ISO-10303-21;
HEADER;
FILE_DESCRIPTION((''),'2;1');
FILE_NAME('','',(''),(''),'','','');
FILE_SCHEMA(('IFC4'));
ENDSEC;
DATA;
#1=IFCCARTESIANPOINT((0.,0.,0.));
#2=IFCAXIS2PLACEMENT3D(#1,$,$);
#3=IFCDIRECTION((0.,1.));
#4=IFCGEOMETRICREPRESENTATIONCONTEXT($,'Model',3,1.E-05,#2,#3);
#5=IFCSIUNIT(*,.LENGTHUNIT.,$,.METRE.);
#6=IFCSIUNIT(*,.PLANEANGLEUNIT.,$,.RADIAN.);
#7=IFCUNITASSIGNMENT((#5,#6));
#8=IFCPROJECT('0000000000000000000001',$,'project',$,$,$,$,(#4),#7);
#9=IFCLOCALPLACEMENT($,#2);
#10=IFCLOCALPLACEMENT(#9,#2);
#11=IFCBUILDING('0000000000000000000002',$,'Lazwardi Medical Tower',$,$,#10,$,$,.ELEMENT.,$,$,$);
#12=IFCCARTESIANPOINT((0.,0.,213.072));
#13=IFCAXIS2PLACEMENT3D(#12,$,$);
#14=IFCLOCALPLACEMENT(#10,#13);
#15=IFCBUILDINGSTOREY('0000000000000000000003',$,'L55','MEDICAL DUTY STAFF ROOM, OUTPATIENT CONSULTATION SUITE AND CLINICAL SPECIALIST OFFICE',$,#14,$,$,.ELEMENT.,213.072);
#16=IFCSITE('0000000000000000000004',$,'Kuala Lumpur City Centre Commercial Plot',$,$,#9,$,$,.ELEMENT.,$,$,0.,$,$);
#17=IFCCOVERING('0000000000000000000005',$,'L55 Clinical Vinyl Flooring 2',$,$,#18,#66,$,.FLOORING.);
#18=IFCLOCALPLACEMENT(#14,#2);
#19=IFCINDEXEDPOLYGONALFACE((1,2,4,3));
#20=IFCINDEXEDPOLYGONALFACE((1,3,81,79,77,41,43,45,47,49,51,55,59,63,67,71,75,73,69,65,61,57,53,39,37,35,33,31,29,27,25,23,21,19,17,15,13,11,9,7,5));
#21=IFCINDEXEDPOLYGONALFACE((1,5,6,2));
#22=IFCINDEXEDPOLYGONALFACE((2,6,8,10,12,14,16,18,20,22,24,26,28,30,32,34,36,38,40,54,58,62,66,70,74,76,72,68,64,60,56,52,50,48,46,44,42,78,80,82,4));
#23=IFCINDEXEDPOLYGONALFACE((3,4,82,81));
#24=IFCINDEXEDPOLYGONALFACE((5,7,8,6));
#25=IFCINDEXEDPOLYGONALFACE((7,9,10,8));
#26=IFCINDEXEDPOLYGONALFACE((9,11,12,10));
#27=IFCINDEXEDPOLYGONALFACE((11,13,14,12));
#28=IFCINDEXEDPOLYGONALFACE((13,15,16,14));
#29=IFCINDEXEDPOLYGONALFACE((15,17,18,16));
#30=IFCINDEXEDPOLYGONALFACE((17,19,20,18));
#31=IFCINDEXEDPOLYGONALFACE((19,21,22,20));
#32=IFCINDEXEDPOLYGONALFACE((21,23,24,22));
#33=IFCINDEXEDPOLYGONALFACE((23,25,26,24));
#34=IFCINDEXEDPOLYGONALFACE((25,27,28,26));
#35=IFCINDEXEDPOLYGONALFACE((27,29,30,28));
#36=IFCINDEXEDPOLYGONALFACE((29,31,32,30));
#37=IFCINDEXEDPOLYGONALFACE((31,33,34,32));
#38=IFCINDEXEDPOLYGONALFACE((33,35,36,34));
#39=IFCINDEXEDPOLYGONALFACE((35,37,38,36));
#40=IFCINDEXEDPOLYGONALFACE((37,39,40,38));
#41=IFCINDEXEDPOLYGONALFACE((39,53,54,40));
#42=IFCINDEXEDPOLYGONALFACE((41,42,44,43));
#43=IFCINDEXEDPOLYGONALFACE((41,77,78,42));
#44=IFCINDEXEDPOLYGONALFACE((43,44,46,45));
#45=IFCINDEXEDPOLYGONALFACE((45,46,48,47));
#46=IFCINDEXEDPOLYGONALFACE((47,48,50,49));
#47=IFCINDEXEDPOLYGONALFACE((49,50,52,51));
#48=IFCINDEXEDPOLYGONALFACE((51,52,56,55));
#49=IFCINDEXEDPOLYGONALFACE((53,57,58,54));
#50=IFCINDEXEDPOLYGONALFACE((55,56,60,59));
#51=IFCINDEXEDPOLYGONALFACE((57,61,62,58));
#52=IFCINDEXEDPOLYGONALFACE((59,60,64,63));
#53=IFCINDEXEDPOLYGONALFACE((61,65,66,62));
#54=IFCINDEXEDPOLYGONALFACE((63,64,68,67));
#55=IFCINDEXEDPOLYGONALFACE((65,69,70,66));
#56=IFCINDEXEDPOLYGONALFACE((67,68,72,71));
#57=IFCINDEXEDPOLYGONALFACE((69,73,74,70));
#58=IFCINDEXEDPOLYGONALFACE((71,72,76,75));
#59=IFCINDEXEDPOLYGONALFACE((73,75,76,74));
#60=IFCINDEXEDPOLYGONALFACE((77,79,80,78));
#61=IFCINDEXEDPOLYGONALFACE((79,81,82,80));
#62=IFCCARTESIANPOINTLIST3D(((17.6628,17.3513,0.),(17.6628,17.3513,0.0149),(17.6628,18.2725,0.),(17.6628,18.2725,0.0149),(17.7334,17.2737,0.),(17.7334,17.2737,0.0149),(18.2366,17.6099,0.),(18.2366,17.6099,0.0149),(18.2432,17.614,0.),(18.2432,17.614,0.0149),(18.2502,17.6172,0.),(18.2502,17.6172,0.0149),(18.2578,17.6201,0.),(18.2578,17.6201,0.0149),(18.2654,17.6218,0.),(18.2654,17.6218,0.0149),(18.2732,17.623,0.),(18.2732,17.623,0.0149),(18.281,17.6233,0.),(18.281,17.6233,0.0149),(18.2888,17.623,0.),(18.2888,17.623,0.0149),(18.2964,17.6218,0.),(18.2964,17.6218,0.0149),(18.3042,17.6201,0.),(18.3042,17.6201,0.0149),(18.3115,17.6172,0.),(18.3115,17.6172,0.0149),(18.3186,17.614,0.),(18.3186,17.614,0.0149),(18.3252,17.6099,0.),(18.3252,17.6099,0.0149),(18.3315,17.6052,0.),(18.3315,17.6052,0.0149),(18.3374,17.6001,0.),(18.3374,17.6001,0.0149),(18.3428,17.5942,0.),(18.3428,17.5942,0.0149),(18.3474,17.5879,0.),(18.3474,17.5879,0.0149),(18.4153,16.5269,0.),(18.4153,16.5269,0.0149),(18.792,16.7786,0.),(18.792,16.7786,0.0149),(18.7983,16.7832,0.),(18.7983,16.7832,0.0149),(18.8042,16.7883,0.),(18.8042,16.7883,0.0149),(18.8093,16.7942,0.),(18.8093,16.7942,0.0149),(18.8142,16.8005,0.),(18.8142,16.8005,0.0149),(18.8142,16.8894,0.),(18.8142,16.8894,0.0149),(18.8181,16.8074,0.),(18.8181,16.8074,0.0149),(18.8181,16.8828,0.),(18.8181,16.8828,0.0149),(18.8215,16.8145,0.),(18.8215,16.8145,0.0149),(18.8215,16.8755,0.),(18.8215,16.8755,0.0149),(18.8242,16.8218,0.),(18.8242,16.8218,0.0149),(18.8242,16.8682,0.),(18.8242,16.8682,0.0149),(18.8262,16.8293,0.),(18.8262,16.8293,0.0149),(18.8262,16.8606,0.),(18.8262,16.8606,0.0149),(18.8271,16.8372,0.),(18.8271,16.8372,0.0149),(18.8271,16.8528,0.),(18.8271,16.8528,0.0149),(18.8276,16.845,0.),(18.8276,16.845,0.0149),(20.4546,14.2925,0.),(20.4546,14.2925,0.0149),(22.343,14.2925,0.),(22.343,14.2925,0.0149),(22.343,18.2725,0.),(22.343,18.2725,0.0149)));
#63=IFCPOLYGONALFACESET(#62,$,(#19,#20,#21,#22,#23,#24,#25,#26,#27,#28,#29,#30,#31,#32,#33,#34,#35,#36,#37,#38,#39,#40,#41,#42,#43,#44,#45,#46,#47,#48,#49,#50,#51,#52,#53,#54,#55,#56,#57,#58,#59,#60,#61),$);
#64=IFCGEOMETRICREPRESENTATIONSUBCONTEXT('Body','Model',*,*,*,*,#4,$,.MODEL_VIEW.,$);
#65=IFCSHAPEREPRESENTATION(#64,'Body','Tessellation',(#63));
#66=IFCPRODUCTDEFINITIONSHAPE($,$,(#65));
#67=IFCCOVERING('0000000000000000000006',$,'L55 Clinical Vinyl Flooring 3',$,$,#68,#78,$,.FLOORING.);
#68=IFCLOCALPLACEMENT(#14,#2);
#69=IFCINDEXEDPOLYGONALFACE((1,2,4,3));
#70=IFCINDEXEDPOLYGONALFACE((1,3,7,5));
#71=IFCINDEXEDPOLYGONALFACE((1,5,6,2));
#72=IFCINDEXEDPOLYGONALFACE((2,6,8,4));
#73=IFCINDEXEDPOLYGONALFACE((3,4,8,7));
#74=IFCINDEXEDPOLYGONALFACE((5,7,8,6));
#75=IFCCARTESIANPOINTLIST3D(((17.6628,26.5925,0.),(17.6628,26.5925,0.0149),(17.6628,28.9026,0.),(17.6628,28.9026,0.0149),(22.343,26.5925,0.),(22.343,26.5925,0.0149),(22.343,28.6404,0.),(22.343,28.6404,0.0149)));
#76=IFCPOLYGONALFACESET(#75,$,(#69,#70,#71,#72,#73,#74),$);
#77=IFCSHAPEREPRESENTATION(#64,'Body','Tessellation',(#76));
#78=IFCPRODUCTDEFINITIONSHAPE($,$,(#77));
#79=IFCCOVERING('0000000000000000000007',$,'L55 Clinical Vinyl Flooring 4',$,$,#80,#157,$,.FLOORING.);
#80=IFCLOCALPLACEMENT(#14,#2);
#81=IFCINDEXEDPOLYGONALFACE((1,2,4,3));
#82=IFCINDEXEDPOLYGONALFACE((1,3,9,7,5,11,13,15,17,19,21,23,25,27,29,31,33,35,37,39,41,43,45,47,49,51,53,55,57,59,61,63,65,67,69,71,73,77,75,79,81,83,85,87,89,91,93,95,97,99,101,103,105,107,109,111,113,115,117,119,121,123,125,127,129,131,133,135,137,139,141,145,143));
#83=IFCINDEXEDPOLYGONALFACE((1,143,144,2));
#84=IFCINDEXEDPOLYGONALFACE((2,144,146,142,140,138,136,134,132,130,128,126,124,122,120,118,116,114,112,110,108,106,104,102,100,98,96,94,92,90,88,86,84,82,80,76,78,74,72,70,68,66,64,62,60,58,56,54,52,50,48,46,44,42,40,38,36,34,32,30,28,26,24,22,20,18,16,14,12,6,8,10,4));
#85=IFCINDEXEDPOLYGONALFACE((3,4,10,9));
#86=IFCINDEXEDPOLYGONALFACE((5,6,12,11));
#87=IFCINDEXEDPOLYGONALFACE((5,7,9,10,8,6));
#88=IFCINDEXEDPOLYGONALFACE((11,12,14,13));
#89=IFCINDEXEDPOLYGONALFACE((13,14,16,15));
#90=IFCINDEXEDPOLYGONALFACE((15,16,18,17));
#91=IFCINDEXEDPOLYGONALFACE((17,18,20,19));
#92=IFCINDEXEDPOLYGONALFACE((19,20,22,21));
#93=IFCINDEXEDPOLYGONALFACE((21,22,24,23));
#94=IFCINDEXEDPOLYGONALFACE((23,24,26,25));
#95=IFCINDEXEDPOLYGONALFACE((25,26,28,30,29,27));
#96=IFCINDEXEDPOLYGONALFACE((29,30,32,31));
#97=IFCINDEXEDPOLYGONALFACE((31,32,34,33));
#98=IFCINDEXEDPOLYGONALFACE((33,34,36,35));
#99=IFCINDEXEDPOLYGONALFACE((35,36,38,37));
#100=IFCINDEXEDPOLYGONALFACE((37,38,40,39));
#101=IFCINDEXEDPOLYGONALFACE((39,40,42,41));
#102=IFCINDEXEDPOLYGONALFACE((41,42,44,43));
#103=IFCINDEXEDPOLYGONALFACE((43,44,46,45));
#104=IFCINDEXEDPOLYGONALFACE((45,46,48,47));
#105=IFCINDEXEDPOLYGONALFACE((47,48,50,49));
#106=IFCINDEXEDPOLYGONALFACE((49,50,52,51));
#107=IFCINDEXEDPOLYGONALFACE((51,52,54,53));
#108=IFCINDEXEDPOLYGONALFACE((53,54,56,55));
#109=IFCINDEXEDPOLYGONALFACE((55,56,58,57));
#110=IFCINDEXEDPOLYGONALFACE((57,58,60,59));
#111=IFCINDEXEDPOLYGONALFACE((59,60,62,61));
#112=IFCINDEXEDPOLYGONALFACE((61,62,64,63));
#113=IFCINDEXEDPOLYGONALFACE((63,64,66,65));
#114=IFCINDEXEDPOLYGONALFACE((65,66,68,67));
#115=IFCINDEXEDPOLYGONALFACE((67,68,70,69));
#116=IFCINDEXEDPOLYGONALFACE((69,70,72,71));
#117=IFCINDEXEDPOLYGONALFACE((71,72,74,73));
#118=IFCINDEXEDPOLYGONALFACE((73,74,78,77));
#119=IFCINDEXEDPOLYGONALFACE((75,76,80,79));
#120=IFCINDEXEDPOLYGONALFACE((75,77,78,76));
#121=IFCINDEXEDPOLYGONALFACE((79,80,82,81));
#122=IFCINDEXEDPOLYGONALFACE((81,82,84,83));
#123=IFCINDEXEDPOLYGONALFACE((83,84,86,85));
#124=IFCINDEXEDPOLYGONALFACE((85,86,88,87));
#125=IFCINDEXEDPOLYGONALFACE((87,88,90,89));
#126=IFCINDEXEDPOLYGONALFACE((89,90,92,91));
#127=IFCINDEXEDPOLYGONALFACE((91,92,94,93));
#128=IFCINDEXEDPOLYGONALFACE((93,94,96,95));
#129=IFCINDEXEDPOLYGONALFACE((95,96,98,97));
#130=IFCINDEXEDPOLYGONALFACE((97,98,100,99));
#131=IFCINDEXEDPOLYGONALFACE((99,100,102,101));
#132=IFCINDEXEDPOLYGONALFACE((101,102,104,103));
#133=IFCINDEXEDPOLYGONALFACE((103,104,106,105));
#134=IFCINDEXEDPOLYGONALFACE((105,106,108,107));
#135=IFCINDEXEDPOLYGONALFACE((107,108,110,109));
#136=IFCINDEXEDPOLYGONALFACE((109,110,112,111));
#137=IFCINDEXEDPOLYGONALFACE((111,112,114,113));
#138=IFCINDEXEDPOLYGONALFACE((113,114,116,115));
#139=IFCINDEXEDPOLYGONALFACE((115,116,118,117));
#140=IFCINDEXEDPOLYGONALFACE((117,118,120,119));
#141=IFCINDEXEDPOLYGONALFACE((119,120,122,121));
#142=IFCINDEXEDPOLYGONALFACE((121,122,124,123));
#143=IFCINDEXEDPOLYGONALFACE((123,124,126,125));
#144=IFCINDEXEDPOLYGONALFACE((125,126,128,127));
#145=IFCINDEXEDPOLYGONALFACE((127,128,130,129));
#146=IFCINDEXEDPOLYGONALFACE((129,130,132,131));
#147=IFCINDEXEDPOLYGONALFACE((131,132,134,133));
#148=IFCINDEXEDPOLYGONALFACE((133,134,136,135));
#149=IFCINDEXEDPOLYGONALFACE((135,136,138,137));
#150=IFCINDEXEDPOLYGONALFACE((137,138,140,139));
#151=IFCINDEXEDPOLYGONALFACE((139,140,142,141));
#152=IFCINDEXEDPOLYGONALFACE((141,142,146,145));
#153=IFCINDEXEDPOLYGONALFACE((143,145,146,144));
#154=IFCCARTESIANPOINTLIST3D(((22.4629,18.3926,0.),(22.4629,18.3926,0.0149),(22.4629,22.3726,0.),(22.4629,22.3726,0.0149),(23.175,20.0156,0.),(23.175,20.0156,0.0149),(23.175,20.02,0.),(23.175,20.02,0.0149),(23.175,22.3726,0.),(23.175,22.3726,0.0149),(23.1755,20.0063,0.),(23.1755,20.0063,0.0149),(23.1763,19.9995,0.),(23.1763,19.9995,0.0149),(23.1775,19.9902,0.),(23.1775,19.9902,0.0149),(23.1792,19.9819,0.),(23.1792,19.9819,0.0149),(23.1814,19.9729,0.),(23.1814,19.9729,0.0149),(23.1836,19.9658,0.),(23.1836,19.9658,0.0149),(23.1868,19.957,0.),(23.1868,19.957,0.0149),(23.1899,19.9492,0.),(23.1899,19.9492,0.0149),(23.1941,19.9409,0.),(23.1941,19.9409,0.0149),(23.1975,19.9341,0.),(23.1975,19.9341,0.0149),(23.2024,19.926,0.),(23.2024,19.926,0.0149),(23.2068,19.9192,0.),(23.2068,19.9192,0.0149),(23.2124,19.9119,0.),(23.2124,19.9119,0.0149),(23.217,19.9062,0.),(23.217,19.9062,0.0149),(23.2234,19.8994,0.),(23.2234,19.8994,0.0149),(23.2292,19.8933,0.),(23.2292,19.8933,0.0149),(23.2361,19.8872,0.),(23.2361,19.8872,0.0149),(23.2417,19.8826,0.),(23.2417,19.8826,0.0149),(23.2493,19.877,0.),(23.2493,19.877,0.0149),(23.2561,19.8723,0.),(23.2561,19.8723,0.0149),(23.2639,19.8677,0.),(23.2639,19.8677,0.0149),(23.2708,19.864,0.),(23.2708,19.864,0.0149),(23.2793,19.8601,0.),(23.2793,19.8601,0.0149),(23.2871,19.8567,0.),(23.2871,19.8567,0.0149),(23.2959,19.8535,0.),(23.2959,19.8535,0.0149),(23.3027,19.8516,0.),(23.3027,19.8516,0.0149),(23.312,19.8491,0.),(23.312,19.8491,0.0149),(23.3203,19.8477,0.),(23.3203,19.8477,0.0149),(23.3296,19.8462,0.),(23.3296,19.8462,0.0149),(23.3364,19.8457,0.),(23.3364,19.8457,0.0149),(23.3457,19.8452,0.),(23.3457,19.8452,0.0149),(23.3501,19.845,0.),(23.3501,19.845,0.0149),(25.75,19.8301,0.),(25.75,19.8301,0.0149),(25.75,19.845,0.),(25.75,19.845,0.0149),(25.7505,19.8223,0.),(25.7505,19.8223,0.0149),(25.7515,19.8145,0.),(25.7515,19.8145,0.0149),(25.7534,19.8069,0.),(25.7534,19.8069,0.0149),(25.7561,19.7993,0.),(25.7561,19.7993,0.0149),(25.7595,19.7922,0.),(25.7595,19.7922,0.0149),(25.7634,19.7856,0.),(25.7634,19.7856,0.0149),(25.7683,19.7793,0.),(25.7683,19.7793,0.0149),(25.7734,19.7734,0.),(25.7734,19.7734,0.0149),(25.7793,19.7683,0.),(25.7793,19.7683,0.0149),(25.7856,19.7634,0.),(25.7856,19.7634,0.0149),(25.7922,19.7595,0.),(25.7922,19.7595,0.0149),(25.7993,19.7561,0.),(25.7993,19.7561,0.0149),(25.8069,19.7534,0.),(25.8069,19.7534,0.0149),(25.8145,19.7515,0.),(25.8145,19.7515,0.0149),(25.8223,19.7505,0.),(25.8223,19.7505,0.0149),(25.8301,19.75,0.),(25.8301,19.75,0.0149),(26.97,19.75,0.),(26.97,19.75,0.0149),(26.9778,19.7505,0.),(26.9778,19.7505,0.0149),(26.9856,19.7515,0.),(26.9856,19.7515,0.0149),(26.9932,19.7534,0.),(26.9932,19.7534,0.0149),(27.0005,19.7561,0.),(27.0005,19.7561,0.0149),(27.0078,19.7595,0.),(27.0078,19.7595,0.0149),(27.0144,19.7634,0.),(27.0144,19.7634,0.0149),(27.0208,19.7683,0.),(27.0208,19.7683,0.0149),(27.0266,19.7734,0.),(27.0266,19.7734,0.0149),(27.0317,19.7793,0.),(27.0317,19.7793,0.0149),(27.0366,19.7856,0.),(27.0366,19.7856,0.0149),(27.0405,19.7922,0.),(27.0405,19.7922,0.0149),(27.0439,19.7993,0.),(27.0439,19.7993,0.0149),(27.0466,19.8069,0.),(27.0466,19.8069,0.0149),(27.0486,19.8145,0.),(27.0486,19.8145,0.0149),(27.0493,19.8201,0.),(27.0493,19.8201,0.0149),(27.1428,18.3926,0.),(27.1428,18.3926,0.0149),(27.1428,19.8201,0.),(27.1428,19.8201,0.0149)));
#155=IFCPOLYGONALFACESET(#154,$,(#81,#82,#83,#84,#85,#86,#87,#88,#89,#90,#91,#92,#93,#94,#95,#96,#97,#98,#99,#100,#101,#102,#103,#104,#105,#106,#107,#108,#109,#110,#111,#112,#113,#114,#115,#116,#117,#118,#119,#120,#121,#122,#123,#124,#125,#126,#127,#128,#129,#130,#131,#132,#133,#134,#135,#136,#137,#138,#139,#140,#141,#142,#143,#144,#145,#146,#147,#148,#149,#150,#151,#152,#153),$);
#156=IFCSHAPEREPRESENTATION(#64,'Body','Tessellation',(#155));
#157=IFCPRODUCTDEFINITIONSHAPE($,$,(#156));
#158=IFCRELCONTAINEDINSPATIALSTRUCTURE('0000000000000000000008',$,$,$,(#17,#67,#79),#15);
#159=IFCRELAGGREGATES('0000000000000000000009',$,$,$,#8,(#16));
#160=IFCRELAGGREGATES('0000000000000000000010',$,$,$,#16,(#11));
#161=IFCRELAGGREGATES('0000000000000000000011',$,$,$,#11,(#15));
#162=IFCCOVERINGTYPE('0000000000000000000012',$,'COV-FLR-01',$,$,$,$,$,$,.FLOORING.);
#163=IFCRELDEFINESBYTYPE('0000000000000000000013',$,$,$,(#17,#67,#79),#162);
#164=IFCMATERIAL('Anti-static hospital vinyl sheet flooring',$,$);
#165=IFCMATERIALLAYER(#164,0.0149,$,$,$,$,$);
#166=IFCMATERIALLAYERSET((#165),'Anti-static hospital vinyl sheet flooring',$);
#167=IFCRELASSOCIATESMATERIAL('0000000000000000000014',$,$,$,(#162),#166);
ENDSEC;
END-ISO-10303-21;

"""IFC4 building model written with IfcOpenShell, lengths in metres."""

from ifc_helpers import new_model, si_unit, direction, frame, origin, place, context, subcontext, project, spatial, polyline, outline, extrude, material, layer, layer_set, type_object, element, save


model = new_model("IFC4")

# Units and contexts
model_context = context("Model", 3, precision=1e-05, world=origin(), true_north=direction((0.0, 1.0)))
body_context = subcontext(model_context, "Body", "Model", "MODEL_VIEW")
ifc_project = project(units=[si_unit("LENGTHUNIT", "METRE"), si_unit("PLANEANGLEUNIT", "RADIAN")], contexts=[model_context])

# Site, building, storey
site_placement = place(None, origin())
site = spatial("IfcSite", under=ifc_project, at=site_placement, Name="Kuala Lumpur City Centre Commercial Plot", CompositionType="ELEMENT", RefElevation=0.0)
building_placement = place(site_placement, origin())
building = spatial("IfcBuilding", under=site, at=building_placement, Name="Lazwardi Medical Tower", CompositionType="ELEMENT")
storey_placement = place(building_placement, frame((0.0, 0.0, 213.072)))
storey = spatial("IfcBuildingStorey", under=building, at=storey_placement, Name="L55", Description="MEDICAL DUTY STAFF ROOM, OUTPATIENT CONSULTATION SUITE AND CLINICAL SPECIALIST OFFICE", CompositionType="ELEMENT", Elevation=213.072)

# Coverings
ifc_material_1 = material(Name="Anti-static hospital vinyl sheet flooring")
ifc_layer_1 = layer(ifc_material_1, 0.0149)
ifc_layer_set_1 = layer_set([ifc_layer_1], Name="Anti-static hospital vinyl sheet flooring")
covering_type_1 = type_object("IfcCoveringType", Name="COV-FLR-01", PredefinedType="FLOORING", material=ifc_layer_set_1)
covering_1_placement = place(storey_placement, origin())
element("IfcCovering", 1, at=covering_1_placement, inside=storey, type_object=covering_type_1, Name="L55 Clinical Vinyl Flooring 2", PredefinedType="FLOORING", context=body_context, shape_type="SweptSolid", body=[
    extrude(outline(polyline([(17.6628, 17.3513), (17.7334, 17.2737), (18.2366, 17.6099), (18.2432, 17.614), (18.2502, 17.6172), (18.2578, 17.6201), (18.2654, 17.6218), (18.2732, 17.623), (18.281, 17.6233), (18.2888, 17.623), (18.2964, 17.6218), (18.3042, 17.6201), (18.3115, 17.6172), (18.3186, 17.614), (18.3252, 17.6099), (18.3315, 17.6052), (18.3374, 17.6001), (18.3428, 17.5942), (18.3474, 17.5879), (18.8142, 16.8894), (18.8181, 16.8828), (18.8215, 16.8755), (18.8242, 16.8682), (18.8262, 16.8606), (18.8271, 16.8528), (18.8276, 16.845), (18.8271, 16.8372), (18.8262, 16.8293), (18.8242, 16.8218), (18.8215, 16.8145), (18.8181, 16.8074), (18.8142, 16.8005), (18.8093, 16.7942), (18.8042, 16.7883), (18.7983, 16.7832), (18.792, 16.7786), (18.4153, 16.5269), (20.4546, 14.2925), (22.343, 14.2925), (22.343, 18.2725), (17.6628, 18.2725), (17.6628, 17.3513)])), origin(), (0.0, 0.0, 1.0), 0.0149),
])
covering_2_placement = place(storey_placement, origin())
element("IfcCovering", 2, at=covering_2_placement, inside=storey, type_object=covering_type_1, Name="L55 Clinical Vinyl Flooring 3", PredefinedType="FLOORING", context=body_context, shape_type="SweptSolid", body=[
    extrude(outline(polyline([(22.343, 28.6404), (17.6628, 28.9026), (17.6628, 26.5925), (22.343, 26.5925), (22.343, 28.6404)])), origin(), (0.0, 0.0, 1.0), 0.0149),
])
covering_3_placement = place(storey_placement, origin())
element("IfcCovering", 3, at=covering_3_placement, inside=storey, type_object=covering_type_1, Name="L55 Clinical Vinyl Flooring 4", PredefinedType="FLOORING", context=body_context, shape_type="SweptSolid", body=[
    extrude(outline(polyline([(27.1428, 19.8201), (27.0493, 19.8201), (27.0486, 19.8145), (27.0466, 19.8069), (27.0439, 19.7993), (27.0405, 19.7922), (27.0366, 19.7856), (27.0317, 19.7793), (27.0266, 19.7734), (27.0208, 19.7683), (27.0144, 19.7634), (27.0078, 19.7595), (27.0005, 19.7561), (26.9932, 19.7534), (26.9856, 19.7515), (26.9778, 19.7505), (26.97, 19.75), (25.8301, 19.75), (25.8223, 19.7505), (25.8145, 19.7515), (25.8069, 19.7534), (25.7993, 19.7561), (25.7922, 19.7595), (25.7856, 19.7634), (25.7793, 19.7683), (25.7734, 19.7734), (25.7683, 19.7793), (25.7634, 19.7856), (25.7595, 19.7922), (25.7561, 19.7993), (25.7534, 19.8069), (25.7515, 19.8145), (25.7505, 19.8223), (25.75, 19.8301), (25.75, 19.845), (23.3501, 19.845), (23.3457, 19.8452), (23.3364, 19.8457), (23.3296, 19.8462), (23.3203, 19.8477), (23.312, 19.8491), (23.3027, 19.8516), (23.2959, 19.8535), (23.2871, 19.8567), (23.2793, 19.8601), (23.2708, 19.864), (23.2639, 19.8677), (23.2561, 19.8723), (23.2493, 19.877), (23.2417, 19.8826), (23.2361, 19.8872), (23.2292, 19.8933), (23.2234, 19.8994), (23.217, 19.9062), (23.2124, 19.9119), (23.2068, 19.9192), (23.2024, 19.926), (23.1975, 19.9341), (23.1941, 19.9409), (23.1899, 19.9492), (23.1868, 19.957), (23.1836, 19.9658), (23.1814, 19.9729), (23.1792, 19.9819), (23.1775, 19.9902), (23.1763, 19.9995), (23.1755, 20.0063), (23.175, 20.0156), (23.175, 20.02), (23.175, 22.3726), (22.4629, 22.3726), (22.4629, 18.3926), (27.1428, 18.3926), (27.1428, 19.8201)])), origin(), (0.0, 0.0, 1.0), 0.0149),
])

save(model, "model.ifc")
